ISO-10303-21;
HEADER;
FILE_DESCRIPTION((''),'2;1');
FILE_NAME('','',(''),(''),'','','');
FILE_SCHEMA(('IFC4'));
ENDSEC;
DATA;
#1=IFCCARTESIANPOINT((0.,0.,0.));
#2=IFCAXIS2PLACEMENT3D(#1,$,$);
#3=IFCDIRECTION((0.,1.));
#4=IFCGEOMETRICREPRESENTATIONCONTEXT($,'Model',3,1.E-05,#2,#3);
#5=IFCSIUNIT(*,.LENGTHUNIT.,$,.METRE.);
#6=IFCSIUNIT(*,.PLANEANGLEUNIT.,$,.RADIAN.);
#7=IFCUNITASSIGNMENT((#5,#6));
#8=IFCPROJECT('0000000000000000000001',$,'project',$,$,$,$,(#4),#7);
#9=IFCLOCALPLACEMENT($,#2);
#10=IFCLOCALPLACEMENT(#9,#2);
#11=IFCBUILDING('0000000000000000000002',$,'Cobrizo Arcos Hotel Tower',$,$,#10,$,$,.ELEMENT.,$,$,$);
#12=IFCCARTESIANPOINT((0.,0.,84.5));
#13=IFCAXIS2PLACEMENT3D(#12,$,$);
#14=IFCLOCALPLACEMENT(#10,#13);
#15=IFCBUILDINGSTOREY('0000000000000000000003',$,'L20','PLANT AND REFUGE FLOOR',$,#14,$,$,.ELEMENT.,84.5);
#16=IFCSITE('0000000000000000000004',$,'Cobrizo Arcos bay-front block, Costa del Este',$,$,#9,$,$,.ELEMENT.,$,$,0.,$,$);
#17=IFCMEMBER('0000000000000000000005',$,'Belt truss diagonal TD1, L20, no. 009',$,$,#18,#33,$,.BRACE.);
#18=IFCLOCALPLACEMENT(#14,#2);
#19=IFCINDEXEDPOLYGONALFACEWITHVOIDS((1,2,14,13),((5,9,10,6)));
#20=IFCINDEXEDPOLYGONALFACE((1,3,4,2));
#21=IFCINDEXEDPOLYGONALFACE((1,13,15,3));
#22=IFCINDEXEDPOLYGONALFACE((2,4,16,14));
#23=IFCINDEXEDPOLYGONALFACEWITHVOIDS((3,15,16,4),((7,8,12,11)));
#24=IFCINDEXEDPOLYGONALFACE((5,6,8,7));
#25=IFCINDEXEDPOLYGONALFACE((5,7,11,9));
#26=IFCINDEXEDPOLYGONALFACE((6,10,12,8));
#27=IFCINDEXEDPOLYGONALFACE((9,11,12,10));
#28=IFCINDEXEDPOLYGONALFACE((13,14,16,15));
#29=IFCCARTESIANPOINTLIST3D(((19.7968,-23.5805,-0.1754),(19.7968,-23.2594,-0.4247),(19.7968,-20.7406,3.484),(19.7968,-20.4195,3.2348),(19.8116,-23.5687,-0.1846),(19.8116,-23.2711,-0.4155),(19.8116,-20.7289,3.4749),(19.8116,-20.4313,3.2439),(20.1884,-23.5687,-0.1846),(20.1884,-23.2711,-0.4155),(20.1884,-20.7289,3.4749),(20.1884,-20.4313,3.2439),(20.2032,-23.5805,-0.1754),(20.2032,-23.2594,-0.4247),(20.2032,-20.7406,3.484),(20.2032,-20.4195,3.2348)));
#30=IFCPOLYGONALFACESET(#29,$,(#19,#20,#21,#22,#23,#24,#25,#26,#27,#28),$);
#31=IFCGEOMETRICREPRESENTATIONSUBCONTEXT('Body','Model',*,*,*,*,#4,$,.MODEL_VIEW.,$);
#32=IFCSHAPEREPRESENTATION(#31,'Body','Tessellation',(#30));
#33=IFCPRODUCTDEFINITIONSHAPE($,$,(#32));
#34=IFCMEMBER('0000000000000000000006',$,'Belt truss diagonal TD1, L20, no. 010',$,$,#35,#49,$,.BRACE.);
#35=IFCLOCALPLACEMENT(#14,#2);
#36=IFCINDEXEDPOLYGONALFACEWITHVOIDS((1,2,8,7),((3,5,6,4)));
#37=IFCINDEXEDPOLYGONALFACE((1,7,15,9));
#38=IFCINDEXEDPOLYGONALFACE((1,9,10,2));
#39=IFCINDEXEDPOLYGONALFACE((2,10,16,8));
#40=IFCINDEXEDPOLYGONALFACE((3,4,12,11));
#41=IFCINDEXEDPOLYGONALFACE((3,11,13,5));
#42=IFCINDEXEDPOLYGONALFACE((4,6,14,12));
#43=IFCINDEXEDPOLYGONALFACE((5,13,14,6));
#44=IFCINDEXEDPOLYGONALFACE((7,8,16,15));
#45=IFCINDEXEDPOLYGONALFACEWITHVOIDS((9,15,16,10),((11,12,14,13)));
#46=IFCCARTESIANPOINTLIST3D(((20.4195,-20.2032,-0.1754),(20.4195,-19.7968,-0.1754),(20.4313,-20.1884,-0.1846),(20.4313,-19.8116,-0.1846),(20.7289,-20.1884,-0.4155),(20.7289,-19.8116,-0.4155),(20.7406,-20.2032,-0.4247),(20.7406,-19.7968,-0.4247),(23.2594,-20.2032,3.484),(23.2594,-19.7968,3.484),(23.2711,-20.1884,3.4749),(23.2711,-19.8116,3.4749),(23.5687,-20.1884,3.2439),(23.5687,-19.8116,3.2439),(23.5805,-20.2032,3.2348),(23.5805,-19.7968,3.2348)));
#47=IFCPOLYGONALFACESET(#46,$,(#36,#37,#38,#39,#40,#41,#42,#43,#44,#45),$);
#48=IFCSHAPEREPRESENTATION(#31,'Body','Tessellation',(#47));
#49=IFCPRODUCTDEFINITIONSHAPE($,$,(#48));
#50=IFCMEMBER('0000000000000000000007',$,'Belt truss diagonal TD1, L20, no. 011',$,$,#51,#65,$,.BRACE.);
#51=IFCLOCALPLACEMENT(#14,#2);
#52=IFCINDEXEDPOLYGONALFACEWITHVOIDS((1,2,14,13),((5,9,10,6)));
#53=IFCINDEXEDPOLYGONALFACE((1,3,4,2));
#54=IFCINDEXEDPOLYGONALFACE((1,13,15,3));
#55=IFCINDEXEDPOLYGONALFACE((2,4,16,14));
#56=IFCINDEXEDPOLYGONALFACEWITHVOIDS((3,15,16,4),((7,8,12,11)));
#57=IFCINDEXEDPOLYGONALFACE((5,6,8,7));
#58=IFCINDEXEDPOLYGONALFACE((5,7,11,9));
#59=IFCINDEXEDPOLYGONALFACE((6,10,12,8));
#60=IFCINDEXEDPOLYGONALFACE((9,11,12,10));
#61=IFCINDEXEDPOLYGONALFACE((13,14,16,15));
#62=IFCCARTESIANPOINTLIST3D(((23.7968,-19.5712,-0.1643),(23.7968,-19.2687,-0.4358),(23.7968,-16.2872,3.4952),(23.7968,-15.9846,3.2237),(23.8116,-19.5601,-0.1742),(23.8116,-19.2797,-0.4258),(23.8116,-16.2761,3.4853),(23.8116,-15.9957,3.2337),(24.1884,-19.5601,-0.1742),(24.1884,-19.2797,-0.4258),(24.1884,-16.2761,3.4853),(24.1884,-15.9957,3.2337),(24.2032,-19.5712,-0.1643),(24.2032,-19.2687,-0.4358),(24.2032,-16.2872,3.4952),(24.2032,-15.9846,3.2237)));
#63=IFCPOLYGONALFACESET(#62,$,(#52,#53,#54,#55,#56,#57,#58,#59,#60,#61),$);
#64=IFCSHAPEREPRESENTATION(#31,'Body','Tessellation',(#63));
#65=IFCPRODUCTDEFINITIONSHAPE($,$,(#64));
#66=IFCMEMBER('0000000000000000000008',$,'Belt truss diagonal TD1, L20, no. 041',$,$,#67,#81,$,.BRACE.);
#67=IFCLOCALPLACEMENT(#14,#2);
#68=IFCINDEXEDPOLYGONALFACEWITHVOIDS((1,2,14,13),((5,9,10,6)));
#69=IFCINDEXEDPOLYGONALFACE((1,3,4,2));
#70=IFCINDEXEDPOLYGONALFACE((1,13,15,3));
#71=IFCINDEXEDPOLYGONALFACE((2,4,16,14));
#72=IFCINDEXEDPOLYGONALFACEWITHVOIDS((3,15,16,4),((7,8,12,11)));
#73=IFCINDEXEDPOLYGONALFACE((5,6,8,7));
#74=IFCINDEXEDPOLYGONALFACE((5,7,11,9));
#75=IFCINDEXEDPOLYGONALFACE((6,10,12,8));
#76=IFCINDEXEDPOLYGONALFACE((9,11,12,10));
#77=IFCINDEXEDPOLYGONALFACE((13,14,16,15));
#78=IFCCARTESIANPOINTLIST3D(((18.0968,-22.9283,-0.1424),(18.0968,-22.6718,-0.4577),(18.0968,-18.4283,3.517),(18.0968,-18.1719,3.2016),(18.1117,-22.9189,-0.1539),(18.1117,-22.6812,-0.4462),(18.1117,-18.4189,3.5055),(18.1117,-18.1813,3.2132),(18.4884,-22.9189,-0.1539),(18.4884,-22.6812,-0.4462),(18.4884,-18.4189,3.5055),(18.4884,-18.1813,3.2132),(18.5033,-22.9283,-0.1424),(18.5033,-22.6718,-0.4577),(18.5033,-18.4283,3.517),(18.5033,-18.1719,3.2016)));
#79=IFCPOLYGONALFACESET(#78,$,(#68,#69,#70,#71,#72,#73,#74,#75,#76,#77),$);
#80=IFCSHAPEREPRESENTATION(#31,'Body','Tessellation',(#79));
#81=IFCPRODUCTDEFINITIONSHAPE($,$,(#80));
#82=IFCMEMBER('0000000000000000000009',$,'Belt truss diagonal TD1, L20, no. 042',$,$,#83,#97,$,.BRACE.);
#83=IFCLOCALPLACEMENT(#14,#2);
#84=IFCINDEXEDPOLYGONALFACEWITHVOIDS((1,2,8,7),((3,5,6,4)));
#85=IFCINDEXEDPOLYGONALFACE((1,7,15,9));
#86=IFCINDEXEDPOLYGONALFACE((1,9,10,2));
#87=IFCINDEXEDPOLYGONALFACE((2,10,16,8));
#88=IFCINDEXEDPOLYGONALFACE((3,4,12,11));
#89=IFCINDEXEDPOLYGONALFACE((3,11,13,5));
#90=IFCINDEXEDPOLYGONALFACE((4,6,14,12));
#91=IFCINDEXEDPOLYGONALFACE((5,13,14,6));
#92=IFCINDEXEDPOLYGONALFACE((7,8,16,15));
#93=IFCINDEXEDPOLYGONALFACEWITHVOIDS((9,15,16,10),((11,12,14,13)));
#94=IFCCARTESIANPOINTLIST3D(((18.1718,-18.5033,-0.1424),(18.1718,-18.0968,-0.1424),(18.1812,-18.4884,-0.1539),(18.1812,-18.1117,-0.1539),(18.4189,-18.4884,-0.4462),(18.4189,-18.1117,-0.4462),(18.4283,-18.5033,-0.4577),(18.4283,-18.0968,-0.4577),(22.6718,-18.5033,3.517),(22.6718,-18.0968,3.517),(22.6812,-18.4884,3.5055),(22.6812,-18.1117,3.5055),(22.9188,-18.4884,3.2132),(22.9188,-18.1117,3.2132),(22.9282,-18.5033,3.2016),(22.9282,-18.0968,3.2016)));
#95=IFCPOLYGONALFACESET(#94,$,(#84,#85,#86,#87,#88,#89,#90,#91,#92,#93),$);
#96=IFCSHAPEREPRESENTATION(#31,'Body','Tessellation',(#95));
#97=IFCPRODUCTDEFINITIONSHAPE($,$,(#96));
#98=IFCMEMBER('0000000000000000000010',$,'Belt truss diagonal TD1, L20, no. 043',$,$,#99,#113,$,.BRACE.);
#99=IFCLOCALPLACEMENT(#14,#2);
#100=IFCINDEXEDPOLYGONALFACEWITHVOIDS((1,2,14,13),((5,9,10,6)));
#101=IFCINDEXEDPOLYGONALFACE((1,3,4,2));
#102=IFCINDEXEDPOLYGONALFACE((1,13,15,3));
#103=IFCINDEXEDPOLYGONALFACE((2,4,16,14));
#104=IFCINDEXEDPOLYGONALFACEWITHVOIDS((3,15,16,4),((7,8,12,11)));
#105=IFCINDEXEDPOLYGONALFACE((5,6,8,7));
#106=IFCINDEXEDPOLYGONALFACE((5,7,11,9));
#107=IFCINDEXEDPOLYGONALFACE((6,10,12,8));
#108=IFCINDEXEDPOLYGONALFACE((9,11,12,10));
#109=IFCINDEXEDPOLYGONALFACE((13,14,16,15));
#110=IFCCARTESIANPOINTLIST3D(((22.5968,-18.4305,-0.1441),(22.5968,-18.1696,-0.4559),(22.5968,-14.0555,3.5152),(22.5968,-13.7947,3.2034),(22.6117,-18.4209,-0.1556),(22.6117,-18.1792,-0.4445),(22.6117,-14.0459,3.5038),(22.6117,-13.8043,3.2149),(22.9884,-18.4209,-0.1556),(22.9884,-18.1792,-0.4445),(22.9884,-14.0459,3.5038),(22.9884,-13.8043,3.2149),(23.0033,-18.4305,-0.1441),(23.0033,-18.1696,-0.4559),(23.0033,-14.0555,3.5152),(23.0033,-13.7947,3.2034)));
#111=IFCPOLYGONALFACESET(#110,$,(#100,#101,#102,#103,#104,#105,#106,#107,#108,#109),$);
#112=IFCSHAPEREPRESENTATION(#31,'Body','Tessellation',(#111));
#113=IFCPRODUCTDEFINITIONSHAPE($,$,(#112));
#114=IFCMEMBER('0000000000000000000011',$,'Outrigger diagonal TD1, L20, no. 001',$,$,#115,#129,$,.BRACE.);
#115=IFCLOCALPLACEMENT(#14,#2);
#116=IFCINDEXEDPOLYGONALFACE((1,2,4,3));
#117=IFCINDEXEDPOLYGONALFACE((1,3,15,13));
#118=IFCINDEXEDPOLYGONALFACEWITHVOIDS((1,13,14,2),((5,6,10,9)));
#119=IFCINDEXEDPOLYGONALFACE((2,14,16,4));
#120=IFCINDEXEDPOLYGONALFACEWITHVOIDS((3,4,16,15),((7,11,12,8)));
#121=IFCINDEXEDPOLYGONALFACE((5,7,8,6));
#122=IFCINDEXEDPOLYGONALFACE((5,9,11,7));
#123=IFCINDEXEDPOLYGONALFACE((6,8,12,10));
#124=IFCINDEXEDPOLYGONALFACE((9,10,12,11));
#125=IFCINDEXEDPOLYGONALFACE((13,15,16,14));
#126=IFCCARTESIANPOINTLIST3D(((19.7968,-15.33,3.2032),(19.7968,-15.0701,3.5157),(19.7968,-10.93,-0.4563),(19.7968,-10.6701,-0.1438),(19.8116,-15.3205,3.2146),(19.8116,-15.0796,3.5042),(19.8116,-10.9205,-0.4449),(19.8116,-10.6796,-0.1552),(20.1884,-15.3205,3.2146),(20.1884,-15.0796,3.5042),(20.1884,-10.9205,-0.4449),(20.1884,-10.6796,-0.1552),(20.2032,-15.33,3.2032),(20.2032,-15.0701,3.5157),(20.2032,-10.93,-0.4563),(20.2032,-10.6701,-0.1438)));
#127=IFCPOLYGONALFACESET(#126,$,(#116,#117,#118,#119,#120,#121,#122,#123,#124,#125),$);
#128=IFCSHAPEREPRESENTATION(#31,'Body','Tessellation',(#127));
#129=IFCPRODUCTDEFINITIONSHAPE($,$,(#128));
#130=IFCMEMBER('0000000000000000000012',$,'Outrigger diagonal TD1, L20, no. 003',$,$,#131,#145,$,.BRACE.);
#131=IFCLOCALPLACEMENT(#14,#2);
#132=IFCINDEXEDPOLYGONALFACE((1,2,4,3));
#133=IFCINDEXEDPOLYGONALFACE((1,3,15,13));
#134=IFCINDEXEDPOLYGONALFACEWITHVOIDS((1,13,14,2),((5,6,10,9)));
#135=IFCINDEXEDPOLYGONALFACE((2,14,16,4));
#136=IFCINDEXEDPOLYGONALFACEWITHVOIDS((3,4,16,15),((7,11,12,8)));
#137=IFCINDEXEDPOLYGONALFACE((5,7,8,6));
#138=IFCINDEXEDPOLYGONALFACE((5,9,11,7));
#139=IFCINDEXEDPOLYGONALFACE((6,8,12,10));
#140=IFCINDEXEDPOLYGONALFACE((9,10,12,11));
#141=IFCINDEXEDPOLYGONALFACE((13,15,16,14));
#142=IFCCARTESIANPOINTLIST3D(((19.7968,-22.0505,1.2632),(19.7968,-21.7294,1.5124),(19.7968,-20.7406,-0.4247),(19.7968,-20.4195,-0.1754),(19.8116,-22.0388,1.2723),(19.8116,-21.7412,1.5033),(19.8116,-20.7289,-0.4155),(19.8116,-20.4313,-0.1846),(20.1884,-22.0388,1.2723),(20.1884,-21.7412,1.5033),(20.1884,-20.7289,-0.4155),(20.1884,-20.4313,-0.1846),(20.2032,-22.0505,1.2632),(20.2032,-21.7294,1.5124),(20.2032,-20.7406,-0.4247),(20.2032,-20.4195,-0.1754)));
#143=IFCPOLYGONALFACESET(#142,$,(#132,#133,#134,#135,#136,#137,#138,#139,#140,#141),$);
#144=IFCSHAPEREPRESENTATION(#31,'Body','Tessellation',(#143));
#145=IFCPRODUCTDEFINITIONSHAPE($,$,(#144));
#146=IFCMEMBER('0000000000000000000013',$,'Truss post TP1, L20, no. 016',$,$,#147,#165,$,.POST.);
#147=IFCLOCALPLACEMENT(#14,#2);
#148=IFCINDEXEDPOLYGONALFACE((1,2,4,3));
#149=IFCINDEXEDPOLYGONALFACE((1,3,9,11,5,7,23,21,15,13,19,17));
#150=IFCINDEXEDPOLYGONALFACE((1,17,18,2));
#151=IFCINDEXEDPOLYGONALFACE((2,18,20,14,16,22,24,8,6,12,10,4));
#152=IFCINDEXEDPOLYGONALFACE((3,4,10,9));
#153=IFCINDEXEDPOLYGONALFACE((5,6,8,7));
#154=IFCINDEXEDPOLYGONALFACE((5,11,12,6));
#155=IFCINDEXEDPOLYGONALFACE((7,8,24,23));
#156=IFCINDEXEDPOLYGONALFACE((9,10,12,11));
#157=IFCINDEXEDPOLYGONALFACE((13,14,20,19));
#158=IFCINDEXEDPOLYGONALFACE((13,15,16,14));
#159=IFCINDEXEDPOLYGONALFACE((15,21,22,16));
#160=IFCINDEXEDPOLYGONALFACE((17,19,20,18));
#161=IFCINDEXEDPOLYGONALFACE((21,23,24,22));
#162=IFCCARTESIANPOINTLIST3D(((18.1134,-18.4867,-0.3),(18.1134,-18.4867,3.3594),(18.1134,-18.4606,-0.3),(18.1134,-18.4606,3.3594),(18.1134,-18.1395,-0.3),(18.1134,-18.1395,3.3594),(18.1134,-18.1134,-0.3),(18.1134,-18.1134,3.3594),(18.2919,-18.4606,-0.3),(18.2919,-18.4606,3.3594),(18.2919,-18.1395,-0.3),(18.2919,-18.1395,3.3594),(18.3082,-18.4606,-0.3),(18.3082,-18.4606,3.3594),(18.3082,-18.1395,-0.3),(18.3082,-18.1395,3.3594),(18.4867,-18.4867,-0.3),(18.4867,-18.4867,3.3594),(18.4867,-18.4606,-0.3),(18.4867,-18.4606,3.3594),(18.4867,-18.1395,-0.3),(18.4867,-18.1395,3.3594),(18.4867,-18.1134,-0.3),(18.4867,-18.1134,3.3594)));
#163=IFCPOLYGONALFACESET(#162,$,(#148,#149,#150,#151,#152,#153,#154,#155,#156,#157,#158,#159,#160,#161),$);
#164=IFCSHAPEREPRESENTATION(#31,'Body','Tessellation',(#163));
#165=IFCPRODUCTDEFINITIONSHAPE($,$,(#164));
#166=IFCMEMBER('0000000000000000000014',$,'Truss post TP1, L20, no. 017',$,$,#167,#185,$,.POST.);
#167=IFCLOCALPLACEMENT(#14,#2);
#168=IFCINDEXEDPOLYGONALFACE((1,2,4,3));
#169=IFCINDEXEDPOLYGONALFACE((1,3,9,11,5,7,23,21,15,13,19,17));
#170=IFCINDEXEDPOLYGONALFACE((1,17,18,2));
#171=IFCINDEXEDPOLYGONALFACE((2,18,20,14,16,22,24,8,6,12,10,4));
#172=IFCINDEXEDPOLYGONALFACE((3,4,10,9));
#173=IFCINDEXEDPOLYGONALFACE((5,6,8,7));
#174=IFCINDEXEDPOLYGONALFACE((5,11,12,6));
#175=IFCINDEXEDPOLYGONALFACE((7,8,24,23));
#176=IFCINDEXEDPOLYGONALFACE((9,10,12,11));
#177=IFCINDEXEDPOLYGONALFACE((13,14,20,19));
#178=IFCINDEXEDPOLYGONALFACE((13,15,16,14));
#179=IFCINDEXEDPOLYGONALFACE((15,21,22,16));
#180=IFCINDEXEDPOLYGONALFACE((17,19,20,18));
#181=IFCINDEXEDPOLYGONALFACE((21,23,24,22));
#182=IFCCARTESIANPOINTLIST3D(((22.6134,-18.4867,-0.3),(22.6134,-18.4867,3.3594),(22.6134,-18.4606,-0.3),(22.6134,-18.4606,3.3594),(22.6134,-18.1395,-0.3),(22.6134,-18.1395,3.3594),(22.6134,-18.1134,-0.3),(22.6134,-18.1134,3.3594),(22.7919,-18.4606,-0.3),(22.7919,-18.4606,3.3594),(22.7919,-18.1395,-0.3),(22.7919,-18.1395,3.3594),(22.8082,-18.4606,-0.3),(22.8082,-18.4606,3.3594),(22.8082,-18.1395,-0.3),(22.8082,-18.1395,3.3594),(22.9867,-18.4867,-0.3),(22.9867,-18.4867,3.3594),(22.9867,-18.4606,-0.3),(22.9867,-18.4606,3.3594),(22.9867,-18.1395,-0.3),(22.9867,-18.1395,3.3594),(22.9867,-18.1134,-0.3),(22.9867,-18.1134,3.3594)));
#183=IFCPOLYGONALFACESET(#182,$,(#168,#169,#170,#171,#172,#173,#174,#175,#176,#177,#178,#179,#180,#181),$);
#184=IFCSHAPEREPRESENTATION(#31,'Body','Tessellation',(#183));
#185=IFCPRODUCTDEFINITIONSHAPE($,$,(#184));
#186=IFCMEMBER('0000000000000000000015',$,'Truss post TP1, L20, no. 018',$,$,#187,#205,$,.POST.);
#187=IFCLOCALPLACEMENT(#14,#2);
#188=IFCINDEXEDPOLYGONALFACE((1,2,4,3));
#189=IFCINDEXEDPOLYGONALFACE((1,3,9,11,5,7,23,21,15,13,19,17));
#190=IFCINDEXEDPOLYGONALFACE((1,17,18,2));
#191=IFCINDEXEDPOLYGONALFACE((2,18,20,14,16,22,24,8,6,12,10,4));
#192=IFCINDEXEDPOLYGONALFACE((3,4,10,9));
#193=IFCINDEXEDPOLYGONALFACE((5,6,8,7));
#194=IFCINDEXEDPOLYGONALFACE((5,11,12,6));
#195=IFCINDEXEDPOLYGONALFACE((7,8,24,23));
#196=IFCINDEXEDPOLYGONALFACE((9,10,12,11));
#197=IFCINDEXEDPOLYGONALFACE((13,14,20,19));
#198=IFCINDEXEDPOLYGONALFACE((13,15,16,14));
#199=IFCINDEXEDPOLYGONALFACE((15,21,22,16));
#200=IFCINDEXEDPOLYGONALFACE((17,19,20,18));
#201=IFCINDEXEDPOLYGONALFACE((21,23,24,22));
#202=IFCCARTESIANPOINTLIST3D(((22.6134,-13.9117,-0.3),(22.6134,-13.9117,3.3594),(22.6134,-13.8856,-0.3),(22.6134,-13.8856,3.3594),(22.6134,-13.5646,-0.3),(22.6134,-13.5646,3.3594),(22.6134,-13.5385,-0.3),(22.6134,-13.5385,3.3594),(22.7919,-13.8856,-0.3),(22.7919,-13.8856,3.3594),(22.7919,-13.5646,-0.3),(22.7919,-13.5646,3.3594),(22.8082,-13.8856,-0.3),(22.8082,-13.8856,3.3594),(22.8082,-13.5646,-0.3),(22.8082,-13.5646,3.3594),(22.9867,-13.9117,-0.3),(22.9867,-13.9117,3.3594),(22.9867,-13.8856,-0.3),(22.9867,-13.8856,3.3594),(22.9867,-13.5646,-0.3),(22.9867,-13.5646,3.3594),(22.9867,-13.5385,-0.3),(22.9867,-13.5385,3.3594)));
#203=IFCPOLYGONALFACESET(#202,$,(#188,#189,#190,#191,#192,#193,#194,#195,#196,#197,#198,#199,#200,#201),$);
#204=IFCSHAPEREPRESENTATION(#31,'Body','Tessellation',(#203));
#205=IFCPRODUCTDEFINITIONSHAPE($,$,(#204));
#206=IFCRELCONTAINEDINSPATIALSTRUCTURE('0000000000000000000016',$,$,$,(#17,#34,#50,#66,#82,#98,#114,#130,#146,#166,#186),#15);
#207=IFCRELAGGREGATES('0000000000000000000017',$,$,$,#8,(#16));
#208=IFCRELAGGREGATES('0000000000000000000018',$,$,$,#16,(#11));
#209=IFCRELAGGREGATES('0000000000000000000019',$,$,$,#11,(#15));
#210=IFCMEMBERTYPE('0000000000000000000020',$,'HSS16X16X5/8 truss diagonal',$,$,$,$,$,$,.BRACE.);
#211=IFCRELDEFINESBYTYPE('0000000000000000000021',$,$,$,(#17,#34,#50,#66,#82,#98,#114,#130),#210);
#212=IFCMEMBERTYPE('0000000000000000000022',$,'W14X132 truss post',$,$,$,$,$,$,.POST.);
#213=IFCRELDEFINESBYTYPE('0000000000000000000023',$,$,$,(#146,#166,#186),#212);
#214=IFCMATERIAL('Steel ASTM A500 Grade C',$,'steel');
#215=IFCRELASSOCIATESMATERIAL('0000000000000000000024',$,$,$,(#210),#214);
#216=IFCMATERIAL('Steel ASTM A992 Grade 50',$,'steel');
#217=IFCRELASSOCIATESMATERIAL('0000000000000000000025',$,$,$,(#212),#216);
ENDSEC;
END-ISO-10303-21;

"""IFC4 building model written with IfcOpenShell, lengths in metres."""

from ifc_helpers import new_model, si_unit, direction, frame, origin, origin_2d, place, context, subcontext, project, spatial, hollow_rectangle, i_section, extrude, material, material_profile, profile_set, type_object, element, save


model = new_model("IFC4")

# Units and contexts
model_context = context("Model", 3, precision=1e-05, world=origin(), true_north=direction((0.0, 1.0)))
body_context = subcontext(model_context, "Body", "Model", "MODEL_VIEW")
ifc_project = project(units=[si_unit("LENGTHUNIT", "METRE"), si_unit("PLANEANGLEUNIT", "RADIAN")], contexts=[model_context])

# Site, building, storey
site_placement = place(None, origin())
site = spatial("IfcSite", under=ifc_project, at=site_placement, Name="Cobrizo Arcos bay-front block, Costa del Este", CompositionType="ELEMENT", RefElevation=0.0)
building_placement = place(site_placement, origin())
building = spatial("IfcBuilding", under=site, at=building_placement, Name="Cobrizo Arcos Hotel Tower", CompositionType="ELEMENT")
storey_placement = place(building_placement, frame((0.0, 0.0, 84.5)))
storey = spatial("IfcBuildingStorey", under=building, at=storey_placement, Name="L20", Description="PLANT AND REFUGE FLOOR", CompositionType="ELEMENT", Elevation=84.5)

# Members
ifc_material_1 = material(Name="Steel ASTM A500 Grade C", Category="steel")
ifc_material_profile_1 = material_profile(ifc_material_1, hollow_rectangle(XDim=0.4065, YDim=0.4065, WallThickness=0.0149, at=origin_2d()), Name="HSS16X16X5/8")
ifc_profile_set_1 = profile_set([ifc_material_profile_1], Name="Steel ASTM A500 Grade C")
member_type_1 = type_object("IfcMemberType", Name="HSS16X16X5/8 truss diagonal", PredefinedType="BRACE", material=ifc_profile_set_1)
for number, where, z_axis, x_axis, name in (
    (1, (20.0, -23.4199, -0.3), (0.0, 0.613083, 0.790019), (-1.0, 0.0, 0.0), "Belt truss diagonal TD1, L20, no. 009"),
    (2, (20.5801, -20.0, -0.3), (0.613083, 0.0, 0.790019), (0.0, 1.0, 0.0), "Belt truss diagonal TD1, L20, no. 010"),
):
    element("IfcMember", number, at=place(storey_placement, frame(where, z_axis=z_axis, x_axis=x_axis)), inside=storey, type_object=member_type_1, Name=name, PredefinedType="BRACE", context=body_context, shape_type="SweptSolid", body=[
        extrude(hollow_rectangle(XDim=0.4065, YDim=0.4065, WallThickness=0.0149, at=origin_2d()), origin(), (0.0, 0.0, 1.0), 4.6321),
    ])
member_1_placement = place(storey_placement, frame((24.0, -19.4199, -0.3), z_axis=(0.0, 0.667891, 0.744259), x_axis=(-1.0, 0.0, 0.0)))
element("IfcMember", 3, at=member_1_placement, inside=storey, type_object=member_type_1, Name="Belt truss diagonal TD1, L20, no. 011", PredefinedType="BRACE", context=body_context, shape_type="SweptSolid", body=[
    extrude(hollow_rectangle(XDim=0.4065, YDim=0.4065, WallThickness=0.0149, at=origin_2d()), origin(), (0.0, 0.0, 1.0), 4.917),
])
for number, where, z_axis, x_axis, name in (
    (4, (18.3, -22.8, -0.3), (0.0, 0.775846, 0.630922), (-1.0, 0.0, 0.0), "Belt truss diagonal TD1, L20, no. 041"),
    (5, (18.3, -18.3, -0.3), (0.775846, 0.0, 0.630922), (0.0, 1.0, 0.0), "Belt truss diagonal TD1, L20, no. 042"),
):
    element("IfcMember", number, at=place(storey_placement, frame(where, z_axis=z_axis, x_axis=x_axis)), inside=storey, type_object=member_type_1, Name=name, PredefinedType="BRACE", context=body_context, shape_type="SweptSolid", body=[
        extrude(hollow_rectangle(XDim=0.4065, YDim=0.4065, WallThickness=0.0149, at=origin_2d()), origin(), (0.0, 0.0, 1.0), 5.8),
    ])
member_2_placement = place(storey_placement, frame((22.8, -18.3, -0.3), z_axis=(0.0, 0.767048, 0.64159), x_axis=(-1.0, 0.0, 0.0)))
element("IfcMember", 6, at=member_2_placement, inside=storey, type_object=member_type_1, Name="Belt truss diagonal TD1, L20, no. 043", PredefinedType="BRACE", context=body_context, shape_type="SweptSolid", body=[
    extrude(hollow_rectangle(XDim=0.4065, YDim=0.4065, WallThickness=0.0149, at=origin_2d()), origin(), (0.0, 0.0, 1.0), 5.7036),
])
member_3_placement = place(storey_placement, frame((20.0, -10.8, -0.3), z_axis=(0.0, -0.768836, 0.639446), x_axis=(1.0, 0.0, 0.0)))
element("IfcMember", 7, at=member_3_placement, inside=storey, type_object=member_type_1, Name="Outrigger diagonal TD1, L20, no. 001", PredefinedType="BRACE", context=body_context, shape_type="SweptSolid", body=[
    extrude(hollow_rectangle(XDim=0.4065, YDim=0.4065, WallThickness=0.0149, at=origin_2d()), origin(), (0.0, 0.0, 1.0), 5.7229),
])
member_4_placement = place(storey_placement, frame((20.0, -20.5801, -0.3), z_axis=(0.0, -0.613102, 0.790004), x_axis=(1.0, 0.0, 0.0)))
element("IfcMember", 8, at=member_4_placement, inside=storey, type_object=member_type_1, Name="Outrigger diagonal TD1, L20, no. 003", PredefinedType="BRACE", context=body_context, shape_type="SweptSolid", body=[
    extrude(hollow_rectangle(XDim=0.4065, YDim=0.4065, WallThickness=0.0149, at=origin_2d()), origin(), (0.0, 0.0, 1.0), 2.1365),
])
ifc_material_2 = material(Name="Steel ASTM A992 Grade 50", Category="steel")
ifc_material_profile_2 = material_profile(ifc_material_2, i_section(OverallWidth=0.3733, OverallDepth=0.3733, WebThickness=0.0164, FlangeThickness=0.0261, at=origin_2d()), Name="W14X132")
ifc_profile_set_2 = profile_set([ifc_material_profile_2], Name="Steel ASTM A992 Grade 50")
member_type_2 = type_object("IfcMemberType", Name="W14X132 truss post", PredefinedType="POST", material=ifc_profile_set_2)
for number, where, z_axis, x_axis, name in (
    (9, (18.3, -18.3, -0.3), (0.0, 0.0, 1.0), (1.0, 0.0, 0.0), "Truss post TP1, L20, no. 016"),
    (10, (22.8, -18.3, -0.3), (0.0, 0.0, 1.0), (1.0, 0.0, 0.0), "Truss post TP1, L20, no. 017"),
    (11, (22.8, -13.7251, -0.3), (0.0, 0.0, 1.0), (1.0, 0.0, 0.0), "Truss post TP1, L20, no. 018"),
):
    element("IfcMember", number, at=place(storey_placement, frame(where, z_axis=z_axis, x_axis=x_axis)), inside=storey, type_object=member_type_2, Name=name, PredefinedType="POST", context=body_context, shape_type="SweptSolid", body=[
        extrude(i_section(OverallWidth=0.3733, OverallDepth=0.3733, WebThickness=0.0164, FlangeThickness=0.0261, at=origin_2d()), origin(), (0.0, 0.0, 1.0), 3.6594),
    ])

save(model, "model.ifc")
